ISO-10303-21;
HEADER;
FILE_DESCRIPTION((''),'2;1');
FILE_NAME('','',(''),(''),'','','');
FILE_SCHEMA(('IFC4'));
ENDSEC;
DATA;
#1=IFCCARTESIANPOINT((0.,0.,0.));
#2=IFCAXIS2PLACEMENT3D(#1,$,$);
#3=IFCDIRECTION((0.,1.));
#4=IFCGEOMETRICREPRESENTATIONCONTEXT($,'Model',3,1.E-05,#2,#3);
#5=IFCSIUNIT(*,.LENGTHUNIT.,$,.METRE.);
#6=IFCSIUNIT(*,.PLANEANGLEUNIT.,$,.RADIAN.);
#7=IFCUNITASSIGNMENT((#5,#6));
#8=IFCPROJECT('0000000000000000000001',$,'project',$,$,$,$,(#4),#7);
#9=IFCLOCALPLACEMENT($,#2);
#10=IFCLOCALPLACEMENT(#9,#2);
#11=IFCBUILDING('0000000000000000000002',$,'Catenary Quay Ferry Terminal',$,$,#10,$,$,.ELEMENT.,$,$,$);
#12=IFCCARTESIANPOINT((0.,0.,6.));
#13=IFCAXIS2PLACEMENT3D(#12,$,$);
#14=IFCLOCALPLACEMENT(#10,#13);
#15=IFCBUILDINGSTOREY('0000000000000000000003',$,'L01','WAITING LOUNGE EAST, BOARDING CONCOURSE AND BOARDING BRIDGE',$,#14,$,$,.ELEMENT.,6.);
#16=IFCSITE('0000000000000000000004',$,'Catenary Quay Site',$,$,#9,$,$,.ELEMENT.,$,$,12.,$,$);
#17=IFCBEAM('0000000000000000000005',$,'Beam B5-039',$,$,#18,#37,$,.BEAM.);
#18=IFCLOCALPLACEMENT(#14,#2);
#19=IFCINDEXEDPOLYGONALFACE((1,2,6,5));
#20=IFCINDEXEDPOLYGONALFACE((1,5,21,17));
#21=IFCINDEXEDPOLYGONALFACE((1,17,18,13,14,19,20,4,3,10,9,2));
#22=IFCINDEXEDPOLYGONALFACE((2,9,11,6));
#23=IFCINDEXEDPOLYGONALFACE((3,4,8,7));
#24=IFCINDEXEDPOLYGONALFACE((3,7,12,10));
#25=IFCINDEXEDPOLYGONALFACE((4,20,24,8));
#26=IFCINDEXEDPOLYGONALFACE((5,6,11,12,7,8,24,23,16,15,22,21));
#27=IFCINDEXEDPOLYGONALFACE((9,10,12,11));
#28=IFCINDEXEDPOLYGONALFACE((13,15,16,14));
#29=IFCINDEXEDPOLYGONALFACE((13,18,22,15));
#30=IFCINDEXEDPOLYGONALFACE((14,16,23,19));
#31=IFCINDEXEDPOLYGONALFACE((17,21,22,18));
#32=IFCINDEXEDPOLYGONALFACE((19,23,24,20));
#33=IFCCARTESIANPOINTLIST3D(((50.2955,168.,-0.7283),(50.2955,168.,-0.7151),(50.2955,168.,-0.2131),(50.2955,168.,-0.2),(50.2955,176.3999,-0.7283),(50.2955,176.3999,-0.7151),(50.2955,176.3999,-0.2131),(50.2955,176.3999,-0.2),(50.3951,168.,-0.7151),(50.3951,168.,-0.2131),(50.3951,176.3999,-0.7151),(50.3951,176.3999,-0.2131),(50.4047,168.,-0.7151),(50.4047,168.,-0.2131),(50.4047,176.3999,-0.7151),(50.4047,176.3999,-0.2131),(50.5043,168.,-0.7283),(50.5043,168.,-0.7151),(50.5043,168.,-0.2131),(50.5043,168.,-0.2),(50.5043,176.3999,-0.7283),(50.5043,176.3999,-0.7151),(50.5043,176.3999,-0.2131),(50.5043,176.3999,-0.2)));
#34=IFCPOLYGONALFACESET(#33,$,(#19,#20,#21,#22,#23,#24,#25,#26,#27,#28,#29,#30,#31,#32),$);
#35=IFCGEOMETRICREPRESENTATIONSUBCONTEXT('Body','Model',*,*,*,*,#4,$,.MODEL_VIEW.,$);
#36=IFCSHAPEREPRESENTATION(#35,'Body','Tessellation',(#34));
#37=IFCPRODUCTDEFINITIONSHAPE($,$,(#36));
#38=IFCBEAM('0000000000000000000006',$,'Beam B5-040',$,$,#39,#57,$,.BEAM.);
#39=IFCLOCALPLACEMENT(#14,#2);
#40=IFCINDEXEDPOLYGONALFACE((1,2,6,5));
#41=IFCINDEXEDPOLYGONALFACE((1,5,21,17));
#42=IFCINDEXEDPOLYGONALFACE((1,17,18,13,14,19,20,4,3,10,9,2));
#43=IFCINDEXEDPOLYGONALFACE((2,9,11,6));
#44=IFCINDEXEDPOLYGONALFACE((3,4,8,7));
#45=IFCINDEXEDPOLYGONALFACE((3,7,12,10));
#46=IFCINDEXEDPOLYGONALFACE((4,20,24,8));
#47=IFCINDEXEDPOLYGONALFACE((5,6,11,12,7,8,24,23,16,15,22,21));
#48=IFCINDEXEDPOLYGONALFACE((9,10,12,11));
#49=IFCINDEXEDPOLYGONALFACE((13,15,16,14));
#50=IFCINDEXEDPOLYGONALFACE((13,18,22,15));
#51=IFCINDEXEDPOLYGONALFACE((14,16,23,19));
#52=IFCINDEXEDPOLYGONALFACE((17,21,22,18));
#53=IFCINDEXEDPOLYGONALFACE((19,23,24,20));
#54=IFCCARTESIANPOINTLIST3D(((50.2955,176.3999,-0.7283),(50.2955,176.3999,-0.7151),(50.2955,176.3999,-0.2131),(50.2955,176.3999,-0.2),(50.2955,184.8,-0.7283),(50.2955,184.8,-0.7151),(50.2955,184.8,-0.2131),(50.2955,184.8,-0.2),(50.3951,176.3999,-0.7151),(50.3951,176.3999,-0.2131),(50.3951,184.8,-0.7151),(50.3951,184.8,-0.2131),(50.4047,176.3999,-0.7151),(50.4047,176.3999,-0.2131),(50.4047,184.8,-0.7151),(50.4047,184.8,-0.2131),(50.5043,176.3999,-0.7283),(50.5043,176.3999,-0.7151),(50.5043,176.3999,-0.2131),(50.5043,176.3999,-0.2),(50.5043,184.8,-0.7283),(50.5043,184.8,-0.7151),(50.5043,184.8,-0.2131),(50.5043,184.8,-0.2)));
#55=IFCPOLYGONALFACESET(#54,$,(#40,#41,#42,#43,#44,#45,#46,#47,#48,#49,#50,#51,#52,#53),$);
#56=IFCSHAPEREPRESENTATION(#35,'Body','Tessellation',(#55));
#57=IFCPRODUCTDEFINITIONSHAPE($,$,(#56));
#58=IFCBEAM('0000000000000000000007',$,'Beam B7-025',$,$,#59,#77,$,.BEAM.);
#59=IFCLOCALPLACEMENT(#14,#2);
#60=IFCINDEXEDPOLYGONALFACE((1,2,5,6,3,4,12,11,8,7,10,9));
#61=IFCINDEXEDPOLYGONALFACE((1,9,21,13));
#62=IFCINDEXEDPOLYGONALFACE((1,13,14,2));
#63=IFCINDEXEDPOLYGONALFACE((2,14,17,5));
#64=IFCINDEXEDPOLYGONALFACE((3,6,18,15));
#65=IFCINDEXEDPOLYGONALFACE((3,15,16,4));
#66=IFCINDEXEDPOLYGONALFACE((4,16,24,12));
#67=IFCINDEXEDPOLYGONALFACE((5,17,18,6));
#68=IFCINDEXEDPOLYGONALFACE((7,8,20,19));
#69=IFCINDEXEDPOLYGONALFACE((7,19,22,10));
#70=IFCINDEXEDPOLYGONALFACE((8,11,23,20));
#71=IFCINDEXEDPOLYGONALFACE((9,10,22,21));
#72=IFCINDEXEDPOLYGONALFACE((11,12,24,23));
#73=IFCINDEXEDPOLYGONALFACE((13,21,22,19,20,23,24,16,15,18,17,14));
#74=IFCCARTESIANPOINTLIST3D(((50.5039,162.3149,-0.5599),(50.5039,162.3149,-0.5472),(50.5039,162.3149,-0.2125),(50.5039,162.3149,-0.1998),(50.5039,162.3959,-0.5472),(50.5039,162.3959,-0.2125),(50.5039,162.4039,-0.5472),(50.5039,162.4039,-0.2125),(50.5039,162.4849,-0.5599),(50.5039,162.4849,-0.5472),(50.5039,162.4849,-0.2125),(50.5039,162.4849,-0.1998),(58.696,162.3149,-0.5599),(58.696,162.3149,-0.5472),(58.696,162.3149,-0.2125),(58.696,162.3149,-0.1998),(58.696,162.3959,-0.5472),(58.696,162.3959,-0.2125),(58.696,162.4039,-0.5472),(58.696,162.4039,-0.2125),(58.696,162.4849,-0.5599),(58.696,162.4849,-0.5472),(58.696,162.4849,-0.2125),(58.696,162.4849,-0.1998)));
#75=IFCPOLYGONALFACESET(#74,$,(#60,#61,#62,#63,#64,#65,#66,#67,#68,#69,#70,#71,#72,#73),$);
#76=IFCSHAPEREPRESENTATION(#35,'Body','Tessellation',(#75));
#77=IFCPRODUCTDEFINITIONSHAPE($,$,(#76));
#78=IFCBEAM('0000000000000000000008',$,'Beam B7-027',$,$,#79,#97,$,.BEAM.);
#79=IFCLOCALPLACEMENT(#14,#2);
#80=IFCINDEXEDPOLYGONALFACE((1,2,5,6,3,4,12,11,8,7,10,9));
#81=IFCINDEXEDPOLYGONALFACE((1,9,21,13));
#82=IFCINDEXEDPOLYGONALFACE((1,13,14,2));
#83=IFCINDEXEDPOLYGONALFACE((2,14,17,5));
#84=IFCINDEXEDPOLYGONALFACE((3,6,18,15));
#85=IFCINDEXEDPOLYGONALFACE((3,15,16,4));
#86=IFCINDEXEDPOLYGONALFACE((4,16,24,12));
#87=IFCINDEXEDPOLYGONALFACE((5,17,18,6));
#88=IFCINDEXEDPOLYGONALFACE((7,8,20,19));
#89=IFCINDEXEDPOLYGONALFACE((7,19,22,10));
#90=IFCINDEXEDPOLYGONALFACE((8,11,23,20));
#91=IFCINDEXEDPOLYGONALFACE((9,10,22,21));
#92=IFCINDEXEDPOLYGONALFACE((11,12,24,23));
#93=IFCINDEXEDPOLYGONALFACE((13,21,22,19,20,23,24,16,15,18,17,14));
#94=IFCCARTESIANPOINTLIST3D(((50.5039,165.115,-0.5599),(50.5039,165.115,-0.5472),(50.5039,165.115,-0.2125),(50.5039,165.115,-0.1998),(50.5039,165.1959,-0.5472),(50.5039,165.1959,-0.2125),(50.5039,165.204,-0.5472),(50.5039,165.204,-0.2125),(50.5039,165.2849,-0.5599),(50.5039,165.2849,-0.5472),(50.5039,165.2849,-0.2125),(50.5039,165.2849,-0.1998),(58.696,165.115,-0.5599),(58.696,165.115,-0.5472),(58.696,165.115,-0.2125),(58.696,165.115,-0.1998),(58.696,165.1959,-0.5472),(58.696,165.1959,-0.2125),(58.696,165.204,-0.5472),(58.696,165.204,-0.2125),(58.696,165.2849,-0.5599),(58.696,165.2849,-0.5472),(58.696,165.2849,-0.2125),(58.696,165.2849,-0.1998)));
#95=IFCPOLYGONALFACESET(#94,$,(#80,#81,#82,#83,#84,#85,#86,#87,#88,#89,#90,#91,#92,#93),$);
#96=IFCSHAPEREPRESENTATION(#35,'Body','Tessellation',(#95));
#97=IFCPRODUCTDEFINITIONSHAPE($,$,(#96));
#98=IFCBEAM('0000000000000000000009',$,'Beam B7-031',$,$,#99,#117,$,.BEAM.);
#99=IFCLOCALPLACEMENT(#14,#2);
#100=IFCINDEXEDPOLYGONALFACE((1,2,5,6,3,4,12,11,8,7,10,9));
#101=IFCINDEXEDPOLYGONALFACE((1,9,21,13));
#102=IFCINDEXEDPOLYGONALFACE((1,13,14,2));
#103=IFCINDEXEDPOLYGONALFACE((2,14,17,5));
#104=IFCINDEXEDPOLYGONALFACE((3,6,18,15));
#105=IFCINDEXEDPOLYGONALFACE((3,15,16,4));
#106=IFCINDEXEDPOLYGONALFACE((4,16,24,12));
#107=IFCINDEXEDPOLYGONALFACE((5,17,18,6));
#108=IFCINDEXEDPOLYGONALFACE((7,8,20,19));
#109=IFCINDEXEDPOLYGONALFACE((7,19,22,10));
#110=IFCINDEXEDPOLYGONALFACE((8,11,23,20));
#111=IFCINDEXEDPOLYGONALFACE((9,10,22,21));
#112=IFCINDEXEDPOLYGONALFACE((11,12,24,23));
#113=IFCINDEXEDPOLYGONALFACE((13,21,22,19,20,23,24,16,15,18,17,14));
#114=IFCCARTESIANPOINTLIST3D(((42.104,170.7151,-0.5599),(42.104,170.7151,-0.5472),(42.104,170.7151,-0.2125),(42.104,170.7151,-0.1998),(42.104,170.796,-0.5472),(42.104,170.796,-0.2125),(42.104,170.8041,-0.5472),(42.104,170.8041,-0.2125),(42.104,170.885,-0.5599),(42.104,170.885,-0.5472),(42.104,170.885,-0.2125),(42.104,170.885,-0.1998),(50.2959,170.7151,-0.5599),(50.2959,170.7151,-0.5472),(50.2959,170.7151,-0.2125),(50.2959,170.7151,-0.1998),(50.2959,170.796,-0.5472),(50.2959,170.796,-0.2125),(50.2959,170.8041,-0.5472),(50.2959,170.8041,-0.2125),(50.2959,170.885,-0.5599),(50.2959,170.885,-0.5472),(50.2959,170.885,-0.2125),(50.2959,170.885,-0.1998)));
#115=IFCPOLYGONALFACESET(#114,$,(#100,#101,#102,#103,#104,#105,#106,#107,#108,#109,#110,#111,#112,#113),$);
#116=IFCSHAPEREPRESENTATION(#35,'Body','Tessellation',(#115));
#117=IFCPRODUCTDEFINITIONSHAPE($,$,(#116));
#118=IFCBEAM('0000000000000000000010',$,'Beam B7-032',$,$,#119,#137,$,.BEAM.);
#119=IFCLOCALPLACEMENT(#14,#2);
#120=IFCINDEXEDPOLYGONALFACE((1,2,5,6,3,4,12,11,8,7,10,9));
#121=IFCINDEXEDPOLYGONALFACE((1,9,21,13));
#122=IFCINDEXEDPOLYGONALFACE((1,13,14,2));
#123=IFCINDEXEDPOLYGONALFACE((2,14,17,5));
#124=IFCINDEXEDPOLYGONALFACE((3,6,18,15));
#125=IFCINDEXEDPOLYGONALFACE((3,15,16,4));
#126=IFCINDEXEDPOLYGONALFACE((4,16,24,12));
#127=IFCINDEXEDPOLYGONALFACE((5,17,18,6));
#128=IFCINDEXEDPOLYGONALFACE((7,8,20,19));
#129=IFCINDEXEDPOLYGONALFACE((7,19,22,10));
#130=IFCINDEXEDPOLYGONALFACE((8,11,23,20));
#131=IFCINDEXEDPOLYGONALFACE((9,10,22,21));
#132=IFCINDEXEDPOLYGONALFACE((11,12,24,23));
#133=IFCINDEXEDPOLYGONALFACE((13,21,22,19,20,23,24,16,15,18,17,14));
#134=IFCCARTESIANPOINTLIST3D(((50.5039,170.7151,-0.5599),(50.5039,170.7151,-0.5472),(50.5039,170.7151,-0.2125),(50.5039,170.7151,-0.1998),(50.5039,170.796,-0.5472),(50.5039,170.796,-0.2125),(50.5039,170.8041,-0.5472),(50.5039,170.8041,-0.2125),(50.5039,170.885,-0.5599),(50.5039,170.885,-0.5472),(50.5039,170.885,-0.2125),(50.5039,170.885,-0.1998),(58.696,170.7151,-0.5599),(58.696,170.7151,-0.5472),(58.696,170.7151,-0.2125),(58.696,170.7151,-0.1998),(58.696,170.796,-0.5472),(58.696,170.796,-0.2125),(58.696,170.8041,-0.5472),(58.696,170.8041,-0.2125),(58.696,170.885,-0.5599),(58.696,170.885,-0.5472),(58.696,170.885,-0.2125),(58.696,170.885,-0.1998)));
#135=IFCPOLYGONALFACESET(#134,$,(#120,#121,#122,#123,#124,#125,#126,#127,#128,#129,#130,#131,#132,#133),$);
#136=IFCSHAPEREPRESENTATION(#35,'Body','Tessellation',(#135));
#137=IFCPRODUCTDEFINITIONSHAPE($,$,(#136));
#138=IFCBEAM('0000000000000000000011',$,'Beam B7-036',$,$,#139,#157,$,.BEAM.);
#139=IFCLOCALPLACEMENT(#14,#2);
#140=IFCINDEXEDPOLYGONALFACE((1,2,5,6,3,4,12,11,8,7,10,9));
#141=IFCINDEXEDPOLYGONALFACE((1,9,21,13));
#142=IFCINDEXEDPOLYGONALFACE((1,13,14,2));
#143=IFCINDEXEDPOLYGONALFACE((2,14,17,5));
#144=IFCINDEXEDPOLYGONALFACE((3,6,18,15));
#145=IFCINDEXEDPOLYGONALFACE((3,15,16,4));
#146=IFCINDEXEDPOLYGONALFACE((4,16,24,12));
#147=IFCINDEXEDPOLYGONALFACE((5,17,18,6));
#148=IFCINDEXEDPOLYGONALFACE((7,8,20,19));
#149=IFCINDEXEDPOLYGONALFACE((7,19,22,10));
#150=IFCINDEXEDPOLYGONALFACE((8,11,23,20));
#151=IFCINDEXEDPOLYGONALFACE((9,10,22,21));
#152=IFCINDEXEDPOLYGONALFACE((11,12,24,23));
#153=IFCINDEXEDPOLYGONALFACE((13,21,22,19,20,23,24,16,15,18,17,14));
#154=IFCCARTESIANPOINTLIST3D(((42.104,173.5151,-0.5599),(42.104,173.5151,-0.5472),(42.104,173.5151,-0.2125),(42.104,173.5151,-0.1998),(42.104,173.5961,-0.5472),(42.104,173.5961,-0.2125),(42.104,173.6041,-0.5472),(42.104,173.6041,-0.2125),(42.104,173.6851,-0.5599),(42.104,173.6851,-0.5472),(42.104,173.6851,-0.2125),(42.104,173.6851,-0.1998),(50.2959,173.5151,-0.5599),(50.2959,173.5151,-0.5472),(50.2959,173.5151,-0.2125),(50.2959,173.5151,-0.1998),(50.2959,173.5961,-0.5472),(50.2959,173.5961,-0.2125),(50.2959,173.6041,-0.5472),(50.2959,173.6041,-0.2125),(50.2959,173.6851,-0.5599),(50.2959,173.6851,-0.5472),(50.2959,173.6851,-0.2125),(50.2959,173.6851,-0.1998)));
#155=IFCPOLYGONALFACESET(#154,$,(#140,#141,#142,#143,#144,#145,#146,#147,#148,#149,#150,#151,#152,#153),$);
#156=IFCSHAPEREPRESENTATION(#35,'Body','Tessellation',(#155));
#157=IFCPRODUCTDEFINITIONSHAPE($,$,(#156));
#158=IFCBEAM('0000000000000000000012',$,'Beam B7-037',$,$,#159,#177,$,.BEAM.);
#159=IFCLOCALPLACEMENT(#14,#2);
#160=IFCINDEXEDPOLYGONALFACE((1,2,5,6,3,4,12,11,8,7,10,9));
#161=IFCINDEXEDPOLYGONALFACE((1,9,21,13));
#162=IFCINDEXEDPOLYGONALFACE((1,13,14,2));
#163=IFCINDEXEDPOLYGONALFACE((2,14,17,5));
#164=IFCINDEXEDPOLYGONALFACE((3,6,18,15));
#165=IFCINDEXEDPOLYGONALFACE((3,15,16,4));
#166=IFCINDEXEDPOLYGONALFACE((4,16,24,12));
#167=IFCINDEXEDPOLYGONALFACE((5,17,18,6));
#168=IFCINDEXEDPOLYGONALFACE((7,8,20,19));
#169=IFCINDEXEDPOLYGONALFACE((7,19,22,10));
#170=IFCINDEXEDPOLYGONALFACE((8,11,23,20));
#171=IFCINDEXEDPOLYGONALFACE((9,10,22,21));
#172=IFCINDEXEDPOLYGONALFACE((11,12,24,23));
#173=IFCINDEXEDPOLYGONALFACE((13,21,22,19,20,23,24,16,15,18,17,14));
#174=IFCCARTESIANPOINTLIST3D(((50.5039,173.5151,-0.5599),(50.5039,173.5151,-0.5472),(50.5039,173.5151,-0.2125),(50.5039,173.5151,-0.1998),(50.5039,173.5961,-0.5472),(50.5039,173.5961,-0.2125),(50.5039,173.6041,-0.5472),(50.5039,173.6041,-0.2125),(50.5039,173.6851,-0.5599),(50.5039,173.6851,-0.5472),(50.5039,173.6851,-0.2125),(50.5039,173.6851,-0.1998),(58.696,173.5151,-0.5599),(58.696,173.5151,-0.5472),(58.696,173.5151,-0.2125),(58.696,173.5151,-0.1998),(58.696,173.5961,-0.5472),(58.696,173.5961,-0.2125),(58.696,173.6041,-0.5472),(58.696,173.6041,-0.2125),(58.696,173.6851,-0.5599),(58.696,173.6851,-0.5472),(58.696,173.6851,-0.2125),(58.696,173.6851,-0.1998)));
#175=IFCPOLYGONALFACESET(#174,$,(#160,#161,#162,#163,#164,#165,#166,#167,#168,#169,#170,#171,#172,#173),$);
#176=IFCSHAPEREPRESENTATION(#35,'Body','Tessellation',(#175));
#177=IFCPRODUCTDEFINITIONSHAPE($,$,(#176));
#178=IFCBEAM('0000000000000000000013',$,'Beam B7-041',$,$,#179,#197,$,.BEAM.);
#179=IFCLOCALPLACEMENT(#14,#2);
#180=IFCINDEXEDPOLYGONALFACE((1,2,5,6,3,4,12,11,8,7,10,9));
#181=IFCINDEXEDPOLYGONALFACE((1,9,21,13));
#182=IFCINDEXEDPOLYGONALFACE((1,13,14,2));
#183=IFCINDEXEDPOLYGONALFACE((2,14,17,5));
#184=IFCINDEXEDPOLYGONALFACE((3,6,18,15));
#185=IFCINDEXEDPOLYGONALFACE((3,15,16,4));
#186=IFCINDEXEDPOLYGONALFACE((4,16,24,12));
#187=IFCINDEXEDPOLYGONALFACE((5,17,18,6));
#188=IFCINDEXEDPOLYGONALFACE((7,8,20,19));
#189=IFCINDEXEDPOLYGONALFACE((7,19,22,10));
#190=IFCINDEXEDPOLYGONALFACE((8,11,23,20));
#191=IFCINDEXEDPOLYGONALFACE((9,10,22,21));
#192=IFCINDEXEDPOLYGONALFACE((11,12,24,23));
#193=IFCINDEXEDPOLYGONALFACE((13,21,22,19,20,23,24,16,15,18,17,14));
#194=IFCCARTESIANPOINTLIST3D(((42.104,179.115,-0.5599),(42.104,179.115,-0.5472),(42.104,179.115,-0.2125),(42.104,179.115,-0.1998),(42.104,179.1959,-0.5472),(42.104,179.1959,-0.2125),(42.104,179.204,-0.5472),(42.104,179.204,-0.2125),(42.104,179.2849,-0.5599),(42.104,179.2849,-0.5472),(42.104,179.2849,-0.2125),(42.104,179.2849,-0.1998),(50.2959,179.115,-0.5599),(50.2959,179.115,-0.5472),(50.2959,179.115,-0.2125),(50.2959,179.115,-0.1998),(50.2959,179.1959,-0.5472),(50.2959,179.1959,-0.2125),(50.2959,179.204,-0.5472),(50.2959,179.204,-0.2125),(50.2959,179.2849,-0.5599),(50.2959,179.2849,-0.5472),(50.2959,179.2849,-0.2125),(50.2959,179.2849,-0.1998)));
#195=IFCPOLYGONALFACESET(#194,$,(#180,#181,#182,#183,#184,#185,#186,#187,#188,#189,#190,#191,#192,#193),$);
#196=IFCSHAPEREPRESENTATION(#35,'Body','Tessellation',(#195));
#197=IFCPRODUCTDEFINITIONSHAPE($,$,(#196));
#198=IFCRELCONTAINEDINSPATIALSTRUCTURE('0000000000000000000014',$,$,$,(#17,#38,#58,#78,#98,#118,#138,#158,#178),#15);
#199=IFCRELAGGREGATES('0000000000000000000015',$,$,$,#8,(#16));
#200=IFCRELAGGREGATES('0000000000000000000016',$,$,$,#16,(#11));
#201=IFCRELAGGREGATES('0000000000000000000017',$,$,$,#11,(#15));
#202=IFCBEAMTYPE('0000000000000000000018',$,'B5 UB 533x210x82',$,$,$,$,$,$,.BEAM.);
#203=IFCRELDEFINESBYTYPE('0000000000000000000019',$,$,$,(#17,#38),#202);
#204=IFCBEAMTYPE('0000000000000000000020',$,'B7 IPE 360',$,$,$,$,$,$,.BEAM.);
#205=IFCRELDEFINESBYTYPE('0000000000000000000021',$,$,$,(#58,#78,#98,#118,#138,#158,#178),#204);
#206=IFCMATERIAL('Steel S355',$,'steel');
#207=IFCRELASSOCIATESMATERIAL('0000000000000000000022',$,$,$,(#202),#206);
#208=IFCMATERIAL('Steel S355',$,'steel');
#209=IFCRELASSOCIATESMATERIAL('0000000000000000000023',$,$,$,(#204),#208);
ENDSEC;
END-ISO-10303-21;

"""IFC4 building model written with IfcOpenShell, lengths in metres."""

from ifc_helpers import new_model, si_unit, direction, frame, origin, origin_2d, place, context, subcontext, project, spatial, i_section, extrude, material, material_profile, profile_set, type_object, element, save


model = new_model("IFC4")

# Units and contexts
model_context = context("Model", 3, precision=1e-05, world=origin(), true_north=direction((0.0, 1.0)))
body_context = subcontext(model_context, "Body", "Model", "MODEL_VIEW")
ifc_project = project(units=[si_unit("LENGTHUNIT", "METRE"), si_unit("PLANEANGLEUNIT", "RADIAN")], contexts=[model_context])

# Site, building, storey
site_placement = place(None, origin())
site = spatial("IfcSite", under=ifc_project, at=site_placement, Name="Catenary Quay Site", CompositionType="ELEMENT", RefElevation=12.0)
building_placement = place(site_placement, origin())
building = spatial("IfcBuilding", under=site, at=building_placement, Name="Catenary Quay Ferry Terminal", CompositionType="ELEMENT")
storey_placement = place(building_placement, frame((0.0, 0.0, 6.0)))
storey = spatial("IfcBuildingStorey", under=building, at=storey_placement, Name="L01", Description="WAITING LOUNGE EAST, BOARDING CONCOURSE AND BOARDING BRIDGE", CompositionType="ELEMENT", Elevation=6.0)

# Beams
ifc_material_1 = material(Name="Steel S355", Category="steel")
ifc_material_profile_1 = material_profile(ifc_material_1, i_section(OverallWidth=0.2087, OverallDepth=0.5283, WebThickness=0.0095, FlangeThickness=0.0132, at=origin_2d()), Name="UB 533x210x82")
ifc_profile_set_1 = profile_set([ifc_material_profile_1], Name="Steel S355")
beam_type_1 = type_object("IfcBeamType", Name="B5 UB 533x210x82", PredefinedType="BEAM", material=ifc_profile_set_1)
beam_1_placement = place(storey_placement, frame((50.3999, 168.0, -0.4641), z_axis=(0.0, 1.0, 0.0), x_axis=(-1.0, 0.0, 0.0)))
element("IfcBeam", 1, at=beam_1_placement, inside=storey, type_object=beam_type_1, Name="Beam B5-039", PredefinedType="BEAM", context=body_context, shape_type="SweptSolid", body=[
    extrude(i_section(OverallWidth=0.2087, OverallDepth=0.5283, WebThickness=0.0095, FlangeThickness=0.0132, at=origin_2d()), origin(), (0.0, 0.0, 1.0), 8.3999),
])
beam_2_placement = place(storey_placement, frame((50.3999, 176.3999, -0.4641), z_axis=(0.0, 1.0, 0.0), x_axis=(-1.0, 0.0, 0.0)))
element("IfcBeam", 2, at=beam_2_placement, inside=storey, type_object=beam_type_1, Name="Beam B5-040", PredefinedType="BEAM", context=body_context, shape_type="SweptSolid", body=[
    extrude(i_section(OverallWidth=0.2087, OverallDepth=0.5283, WebThickness=0.0095, FlangeThickness=0.0132, at=origin_2d()), origin(), (0.0, 0.0, 1.0), 8.4001),
])
ifc_material_2 = material(Name="Steel S355", Category="steel")
ifc_material_profile_2 = material_profile(ifc_material_2, i_section(OverallWidth=0.1699, OverallDepth=0.3601, WebThickness=0.0081, FlangeThickness=0.0127, at=origin_2d()), Name="IPE 360")
ifc_profile_set_2 = profile_set([ifc_material_profile_2], Name="Steel S355")
beam_type_2 = type_object("IfcBeamType", Name="B7 IPE 360", PredefinedType="BEAM", material=ifc_profile_set_2)
for number, where, z_axis, x_axis, name in (
    (3, (50.5039, 162.3999, -0.3799), (1.0, 0.0, 0.0), (0.0, 1.0, 0.0), "Beam B7-025"),
    (4, (50.5039, 165.2, -0.3799), (1.0, 0.0, 0.0), (0.0, 1.0, 0.0), "Beam B7-027"),
):
    element("IfcBeam", number, at=place(storey_placement, frame(where, z_axis=z_axis, x_axis=x_axis)), inside=storey, type_object=beam_type_2, Name=name, PredefinedType="BEAM", context=body_context, shape_type="SweptSolid", body=[
        extrude(i_section(OverallWidth=0.1699, OverallDepth=0.3601, WebThickness=0.0081, FlangeThickness=0.0127, at=origin_2d()), origin(), (0.0, 0.0, 1.0), 8.1921),
    ])
beam_3_placement = place(storey_placement, frame((42.104, 170.8, -0.3799), z_axis=(1.0, 0.0, 0.0), x_axis=(0.0, 1.0, 0.0)))
element("IfcBeam", 5, at=beam_3_placement, inside=storey, type_object=beam_type_2, Name="Beam B7-031", PredefinedType="BEAM", context=body_context, shape_type="SweptSolid", body=[
    extrude(i_section(OverallWidth=0.1699, OverallDepth=0.3601, WebThickness=0.0081, FlangeThickness=0.0127, at=origin_2d()), origin(), (0.0, 0.0, 1.0), 8.1919),
])
beam_4_placement = place(storey_placement, frame((50.5039, 170.8, -0.3799), z_axis=(1.0, 0.0, 0.0), x_axis=(0.0, 1.0, 0.0)))
element("IfcBeam", 6, at=beam_4_placement, inside=storey, type_object=beam_type_2, Name="Beam B7-032", PredefinedType="BEAM", context=body_context, shape_type="SweptSolid", body=[
    extrude(i_section(OverallWidth=0.1699, OverallDepth=0.3601, WebThickness=0.0081, FlangeThickness=0.0127, at=origin_2d()), origin(), (0.0, 0.0, 1.0), 8.1921),
])
beam_5_placement = place(storey_placement, frame((42.104, 173.6001, -0.3799), z_axis=(1.0, 0.0, 0.0), x_axis=(0.0, 1.0, 0.0)))
element("IfcBeam", 7, at=beam_5_placement, inside=storey, type_object=beam_type_2, Name="Beam B7-036", PredefinedType="BEAM", context=body_context, shape_type="SweptSolid", body=[
    extrude(i_section(OverallWidth=0.1699, OverallDepth=0.3601, WebThickness=0.0081, FlangeThickness=0.0127, at=origin_2d()), origin(), (0.0, 0.0, 1.0), 8.1919),
])
beam_6_placement = place(storey_placement, frame((50.5039, 173.6001, -0.3799), z_axis=(1.0, 0.0, 0.0), x_axis=(0.0, 1.0, 0.0)))
element("IfcBeam", 8, at=beam_6_placement, inside=storey, type_object=beam_type_2, Name="Beam B7-037", PredefinedType="BEAM", context=body_context, shape_type="SweptSolid", body=[
    extrude(i_section(OverallWidth=0.1699, OverallDepth=0.3601, WebThickness=0.0081, FlangeThickness=0.0127, at=origin_2d()), origin(), (0.0, 0.0, 1.0), 8.1921),
])
beam_7_placement = place(storey_placement, frame((42.104, 179.2, -0.3799), z_axis=(1.0, 0.0, 0.0), x_axis=(0.0, 1.0, 0.0)))
element("IfcBeam", 9, at=beam_7_placement, inside=storey, type_object=beam_type_2, Name="Beam B7-041", PredefinedType="BEAM", context=body_context, shape_type="SweptSolid", body=[
    extrude(i_section(OverallWidth=0.1699, OverallDepth=0.3601, WebThickness=0.0081, FlangeThickness=0.0127, at=origin_2d()), origin(), (0.0, 0.0, 1.0), 8.1919),
])

save(model, "model.ifc")
